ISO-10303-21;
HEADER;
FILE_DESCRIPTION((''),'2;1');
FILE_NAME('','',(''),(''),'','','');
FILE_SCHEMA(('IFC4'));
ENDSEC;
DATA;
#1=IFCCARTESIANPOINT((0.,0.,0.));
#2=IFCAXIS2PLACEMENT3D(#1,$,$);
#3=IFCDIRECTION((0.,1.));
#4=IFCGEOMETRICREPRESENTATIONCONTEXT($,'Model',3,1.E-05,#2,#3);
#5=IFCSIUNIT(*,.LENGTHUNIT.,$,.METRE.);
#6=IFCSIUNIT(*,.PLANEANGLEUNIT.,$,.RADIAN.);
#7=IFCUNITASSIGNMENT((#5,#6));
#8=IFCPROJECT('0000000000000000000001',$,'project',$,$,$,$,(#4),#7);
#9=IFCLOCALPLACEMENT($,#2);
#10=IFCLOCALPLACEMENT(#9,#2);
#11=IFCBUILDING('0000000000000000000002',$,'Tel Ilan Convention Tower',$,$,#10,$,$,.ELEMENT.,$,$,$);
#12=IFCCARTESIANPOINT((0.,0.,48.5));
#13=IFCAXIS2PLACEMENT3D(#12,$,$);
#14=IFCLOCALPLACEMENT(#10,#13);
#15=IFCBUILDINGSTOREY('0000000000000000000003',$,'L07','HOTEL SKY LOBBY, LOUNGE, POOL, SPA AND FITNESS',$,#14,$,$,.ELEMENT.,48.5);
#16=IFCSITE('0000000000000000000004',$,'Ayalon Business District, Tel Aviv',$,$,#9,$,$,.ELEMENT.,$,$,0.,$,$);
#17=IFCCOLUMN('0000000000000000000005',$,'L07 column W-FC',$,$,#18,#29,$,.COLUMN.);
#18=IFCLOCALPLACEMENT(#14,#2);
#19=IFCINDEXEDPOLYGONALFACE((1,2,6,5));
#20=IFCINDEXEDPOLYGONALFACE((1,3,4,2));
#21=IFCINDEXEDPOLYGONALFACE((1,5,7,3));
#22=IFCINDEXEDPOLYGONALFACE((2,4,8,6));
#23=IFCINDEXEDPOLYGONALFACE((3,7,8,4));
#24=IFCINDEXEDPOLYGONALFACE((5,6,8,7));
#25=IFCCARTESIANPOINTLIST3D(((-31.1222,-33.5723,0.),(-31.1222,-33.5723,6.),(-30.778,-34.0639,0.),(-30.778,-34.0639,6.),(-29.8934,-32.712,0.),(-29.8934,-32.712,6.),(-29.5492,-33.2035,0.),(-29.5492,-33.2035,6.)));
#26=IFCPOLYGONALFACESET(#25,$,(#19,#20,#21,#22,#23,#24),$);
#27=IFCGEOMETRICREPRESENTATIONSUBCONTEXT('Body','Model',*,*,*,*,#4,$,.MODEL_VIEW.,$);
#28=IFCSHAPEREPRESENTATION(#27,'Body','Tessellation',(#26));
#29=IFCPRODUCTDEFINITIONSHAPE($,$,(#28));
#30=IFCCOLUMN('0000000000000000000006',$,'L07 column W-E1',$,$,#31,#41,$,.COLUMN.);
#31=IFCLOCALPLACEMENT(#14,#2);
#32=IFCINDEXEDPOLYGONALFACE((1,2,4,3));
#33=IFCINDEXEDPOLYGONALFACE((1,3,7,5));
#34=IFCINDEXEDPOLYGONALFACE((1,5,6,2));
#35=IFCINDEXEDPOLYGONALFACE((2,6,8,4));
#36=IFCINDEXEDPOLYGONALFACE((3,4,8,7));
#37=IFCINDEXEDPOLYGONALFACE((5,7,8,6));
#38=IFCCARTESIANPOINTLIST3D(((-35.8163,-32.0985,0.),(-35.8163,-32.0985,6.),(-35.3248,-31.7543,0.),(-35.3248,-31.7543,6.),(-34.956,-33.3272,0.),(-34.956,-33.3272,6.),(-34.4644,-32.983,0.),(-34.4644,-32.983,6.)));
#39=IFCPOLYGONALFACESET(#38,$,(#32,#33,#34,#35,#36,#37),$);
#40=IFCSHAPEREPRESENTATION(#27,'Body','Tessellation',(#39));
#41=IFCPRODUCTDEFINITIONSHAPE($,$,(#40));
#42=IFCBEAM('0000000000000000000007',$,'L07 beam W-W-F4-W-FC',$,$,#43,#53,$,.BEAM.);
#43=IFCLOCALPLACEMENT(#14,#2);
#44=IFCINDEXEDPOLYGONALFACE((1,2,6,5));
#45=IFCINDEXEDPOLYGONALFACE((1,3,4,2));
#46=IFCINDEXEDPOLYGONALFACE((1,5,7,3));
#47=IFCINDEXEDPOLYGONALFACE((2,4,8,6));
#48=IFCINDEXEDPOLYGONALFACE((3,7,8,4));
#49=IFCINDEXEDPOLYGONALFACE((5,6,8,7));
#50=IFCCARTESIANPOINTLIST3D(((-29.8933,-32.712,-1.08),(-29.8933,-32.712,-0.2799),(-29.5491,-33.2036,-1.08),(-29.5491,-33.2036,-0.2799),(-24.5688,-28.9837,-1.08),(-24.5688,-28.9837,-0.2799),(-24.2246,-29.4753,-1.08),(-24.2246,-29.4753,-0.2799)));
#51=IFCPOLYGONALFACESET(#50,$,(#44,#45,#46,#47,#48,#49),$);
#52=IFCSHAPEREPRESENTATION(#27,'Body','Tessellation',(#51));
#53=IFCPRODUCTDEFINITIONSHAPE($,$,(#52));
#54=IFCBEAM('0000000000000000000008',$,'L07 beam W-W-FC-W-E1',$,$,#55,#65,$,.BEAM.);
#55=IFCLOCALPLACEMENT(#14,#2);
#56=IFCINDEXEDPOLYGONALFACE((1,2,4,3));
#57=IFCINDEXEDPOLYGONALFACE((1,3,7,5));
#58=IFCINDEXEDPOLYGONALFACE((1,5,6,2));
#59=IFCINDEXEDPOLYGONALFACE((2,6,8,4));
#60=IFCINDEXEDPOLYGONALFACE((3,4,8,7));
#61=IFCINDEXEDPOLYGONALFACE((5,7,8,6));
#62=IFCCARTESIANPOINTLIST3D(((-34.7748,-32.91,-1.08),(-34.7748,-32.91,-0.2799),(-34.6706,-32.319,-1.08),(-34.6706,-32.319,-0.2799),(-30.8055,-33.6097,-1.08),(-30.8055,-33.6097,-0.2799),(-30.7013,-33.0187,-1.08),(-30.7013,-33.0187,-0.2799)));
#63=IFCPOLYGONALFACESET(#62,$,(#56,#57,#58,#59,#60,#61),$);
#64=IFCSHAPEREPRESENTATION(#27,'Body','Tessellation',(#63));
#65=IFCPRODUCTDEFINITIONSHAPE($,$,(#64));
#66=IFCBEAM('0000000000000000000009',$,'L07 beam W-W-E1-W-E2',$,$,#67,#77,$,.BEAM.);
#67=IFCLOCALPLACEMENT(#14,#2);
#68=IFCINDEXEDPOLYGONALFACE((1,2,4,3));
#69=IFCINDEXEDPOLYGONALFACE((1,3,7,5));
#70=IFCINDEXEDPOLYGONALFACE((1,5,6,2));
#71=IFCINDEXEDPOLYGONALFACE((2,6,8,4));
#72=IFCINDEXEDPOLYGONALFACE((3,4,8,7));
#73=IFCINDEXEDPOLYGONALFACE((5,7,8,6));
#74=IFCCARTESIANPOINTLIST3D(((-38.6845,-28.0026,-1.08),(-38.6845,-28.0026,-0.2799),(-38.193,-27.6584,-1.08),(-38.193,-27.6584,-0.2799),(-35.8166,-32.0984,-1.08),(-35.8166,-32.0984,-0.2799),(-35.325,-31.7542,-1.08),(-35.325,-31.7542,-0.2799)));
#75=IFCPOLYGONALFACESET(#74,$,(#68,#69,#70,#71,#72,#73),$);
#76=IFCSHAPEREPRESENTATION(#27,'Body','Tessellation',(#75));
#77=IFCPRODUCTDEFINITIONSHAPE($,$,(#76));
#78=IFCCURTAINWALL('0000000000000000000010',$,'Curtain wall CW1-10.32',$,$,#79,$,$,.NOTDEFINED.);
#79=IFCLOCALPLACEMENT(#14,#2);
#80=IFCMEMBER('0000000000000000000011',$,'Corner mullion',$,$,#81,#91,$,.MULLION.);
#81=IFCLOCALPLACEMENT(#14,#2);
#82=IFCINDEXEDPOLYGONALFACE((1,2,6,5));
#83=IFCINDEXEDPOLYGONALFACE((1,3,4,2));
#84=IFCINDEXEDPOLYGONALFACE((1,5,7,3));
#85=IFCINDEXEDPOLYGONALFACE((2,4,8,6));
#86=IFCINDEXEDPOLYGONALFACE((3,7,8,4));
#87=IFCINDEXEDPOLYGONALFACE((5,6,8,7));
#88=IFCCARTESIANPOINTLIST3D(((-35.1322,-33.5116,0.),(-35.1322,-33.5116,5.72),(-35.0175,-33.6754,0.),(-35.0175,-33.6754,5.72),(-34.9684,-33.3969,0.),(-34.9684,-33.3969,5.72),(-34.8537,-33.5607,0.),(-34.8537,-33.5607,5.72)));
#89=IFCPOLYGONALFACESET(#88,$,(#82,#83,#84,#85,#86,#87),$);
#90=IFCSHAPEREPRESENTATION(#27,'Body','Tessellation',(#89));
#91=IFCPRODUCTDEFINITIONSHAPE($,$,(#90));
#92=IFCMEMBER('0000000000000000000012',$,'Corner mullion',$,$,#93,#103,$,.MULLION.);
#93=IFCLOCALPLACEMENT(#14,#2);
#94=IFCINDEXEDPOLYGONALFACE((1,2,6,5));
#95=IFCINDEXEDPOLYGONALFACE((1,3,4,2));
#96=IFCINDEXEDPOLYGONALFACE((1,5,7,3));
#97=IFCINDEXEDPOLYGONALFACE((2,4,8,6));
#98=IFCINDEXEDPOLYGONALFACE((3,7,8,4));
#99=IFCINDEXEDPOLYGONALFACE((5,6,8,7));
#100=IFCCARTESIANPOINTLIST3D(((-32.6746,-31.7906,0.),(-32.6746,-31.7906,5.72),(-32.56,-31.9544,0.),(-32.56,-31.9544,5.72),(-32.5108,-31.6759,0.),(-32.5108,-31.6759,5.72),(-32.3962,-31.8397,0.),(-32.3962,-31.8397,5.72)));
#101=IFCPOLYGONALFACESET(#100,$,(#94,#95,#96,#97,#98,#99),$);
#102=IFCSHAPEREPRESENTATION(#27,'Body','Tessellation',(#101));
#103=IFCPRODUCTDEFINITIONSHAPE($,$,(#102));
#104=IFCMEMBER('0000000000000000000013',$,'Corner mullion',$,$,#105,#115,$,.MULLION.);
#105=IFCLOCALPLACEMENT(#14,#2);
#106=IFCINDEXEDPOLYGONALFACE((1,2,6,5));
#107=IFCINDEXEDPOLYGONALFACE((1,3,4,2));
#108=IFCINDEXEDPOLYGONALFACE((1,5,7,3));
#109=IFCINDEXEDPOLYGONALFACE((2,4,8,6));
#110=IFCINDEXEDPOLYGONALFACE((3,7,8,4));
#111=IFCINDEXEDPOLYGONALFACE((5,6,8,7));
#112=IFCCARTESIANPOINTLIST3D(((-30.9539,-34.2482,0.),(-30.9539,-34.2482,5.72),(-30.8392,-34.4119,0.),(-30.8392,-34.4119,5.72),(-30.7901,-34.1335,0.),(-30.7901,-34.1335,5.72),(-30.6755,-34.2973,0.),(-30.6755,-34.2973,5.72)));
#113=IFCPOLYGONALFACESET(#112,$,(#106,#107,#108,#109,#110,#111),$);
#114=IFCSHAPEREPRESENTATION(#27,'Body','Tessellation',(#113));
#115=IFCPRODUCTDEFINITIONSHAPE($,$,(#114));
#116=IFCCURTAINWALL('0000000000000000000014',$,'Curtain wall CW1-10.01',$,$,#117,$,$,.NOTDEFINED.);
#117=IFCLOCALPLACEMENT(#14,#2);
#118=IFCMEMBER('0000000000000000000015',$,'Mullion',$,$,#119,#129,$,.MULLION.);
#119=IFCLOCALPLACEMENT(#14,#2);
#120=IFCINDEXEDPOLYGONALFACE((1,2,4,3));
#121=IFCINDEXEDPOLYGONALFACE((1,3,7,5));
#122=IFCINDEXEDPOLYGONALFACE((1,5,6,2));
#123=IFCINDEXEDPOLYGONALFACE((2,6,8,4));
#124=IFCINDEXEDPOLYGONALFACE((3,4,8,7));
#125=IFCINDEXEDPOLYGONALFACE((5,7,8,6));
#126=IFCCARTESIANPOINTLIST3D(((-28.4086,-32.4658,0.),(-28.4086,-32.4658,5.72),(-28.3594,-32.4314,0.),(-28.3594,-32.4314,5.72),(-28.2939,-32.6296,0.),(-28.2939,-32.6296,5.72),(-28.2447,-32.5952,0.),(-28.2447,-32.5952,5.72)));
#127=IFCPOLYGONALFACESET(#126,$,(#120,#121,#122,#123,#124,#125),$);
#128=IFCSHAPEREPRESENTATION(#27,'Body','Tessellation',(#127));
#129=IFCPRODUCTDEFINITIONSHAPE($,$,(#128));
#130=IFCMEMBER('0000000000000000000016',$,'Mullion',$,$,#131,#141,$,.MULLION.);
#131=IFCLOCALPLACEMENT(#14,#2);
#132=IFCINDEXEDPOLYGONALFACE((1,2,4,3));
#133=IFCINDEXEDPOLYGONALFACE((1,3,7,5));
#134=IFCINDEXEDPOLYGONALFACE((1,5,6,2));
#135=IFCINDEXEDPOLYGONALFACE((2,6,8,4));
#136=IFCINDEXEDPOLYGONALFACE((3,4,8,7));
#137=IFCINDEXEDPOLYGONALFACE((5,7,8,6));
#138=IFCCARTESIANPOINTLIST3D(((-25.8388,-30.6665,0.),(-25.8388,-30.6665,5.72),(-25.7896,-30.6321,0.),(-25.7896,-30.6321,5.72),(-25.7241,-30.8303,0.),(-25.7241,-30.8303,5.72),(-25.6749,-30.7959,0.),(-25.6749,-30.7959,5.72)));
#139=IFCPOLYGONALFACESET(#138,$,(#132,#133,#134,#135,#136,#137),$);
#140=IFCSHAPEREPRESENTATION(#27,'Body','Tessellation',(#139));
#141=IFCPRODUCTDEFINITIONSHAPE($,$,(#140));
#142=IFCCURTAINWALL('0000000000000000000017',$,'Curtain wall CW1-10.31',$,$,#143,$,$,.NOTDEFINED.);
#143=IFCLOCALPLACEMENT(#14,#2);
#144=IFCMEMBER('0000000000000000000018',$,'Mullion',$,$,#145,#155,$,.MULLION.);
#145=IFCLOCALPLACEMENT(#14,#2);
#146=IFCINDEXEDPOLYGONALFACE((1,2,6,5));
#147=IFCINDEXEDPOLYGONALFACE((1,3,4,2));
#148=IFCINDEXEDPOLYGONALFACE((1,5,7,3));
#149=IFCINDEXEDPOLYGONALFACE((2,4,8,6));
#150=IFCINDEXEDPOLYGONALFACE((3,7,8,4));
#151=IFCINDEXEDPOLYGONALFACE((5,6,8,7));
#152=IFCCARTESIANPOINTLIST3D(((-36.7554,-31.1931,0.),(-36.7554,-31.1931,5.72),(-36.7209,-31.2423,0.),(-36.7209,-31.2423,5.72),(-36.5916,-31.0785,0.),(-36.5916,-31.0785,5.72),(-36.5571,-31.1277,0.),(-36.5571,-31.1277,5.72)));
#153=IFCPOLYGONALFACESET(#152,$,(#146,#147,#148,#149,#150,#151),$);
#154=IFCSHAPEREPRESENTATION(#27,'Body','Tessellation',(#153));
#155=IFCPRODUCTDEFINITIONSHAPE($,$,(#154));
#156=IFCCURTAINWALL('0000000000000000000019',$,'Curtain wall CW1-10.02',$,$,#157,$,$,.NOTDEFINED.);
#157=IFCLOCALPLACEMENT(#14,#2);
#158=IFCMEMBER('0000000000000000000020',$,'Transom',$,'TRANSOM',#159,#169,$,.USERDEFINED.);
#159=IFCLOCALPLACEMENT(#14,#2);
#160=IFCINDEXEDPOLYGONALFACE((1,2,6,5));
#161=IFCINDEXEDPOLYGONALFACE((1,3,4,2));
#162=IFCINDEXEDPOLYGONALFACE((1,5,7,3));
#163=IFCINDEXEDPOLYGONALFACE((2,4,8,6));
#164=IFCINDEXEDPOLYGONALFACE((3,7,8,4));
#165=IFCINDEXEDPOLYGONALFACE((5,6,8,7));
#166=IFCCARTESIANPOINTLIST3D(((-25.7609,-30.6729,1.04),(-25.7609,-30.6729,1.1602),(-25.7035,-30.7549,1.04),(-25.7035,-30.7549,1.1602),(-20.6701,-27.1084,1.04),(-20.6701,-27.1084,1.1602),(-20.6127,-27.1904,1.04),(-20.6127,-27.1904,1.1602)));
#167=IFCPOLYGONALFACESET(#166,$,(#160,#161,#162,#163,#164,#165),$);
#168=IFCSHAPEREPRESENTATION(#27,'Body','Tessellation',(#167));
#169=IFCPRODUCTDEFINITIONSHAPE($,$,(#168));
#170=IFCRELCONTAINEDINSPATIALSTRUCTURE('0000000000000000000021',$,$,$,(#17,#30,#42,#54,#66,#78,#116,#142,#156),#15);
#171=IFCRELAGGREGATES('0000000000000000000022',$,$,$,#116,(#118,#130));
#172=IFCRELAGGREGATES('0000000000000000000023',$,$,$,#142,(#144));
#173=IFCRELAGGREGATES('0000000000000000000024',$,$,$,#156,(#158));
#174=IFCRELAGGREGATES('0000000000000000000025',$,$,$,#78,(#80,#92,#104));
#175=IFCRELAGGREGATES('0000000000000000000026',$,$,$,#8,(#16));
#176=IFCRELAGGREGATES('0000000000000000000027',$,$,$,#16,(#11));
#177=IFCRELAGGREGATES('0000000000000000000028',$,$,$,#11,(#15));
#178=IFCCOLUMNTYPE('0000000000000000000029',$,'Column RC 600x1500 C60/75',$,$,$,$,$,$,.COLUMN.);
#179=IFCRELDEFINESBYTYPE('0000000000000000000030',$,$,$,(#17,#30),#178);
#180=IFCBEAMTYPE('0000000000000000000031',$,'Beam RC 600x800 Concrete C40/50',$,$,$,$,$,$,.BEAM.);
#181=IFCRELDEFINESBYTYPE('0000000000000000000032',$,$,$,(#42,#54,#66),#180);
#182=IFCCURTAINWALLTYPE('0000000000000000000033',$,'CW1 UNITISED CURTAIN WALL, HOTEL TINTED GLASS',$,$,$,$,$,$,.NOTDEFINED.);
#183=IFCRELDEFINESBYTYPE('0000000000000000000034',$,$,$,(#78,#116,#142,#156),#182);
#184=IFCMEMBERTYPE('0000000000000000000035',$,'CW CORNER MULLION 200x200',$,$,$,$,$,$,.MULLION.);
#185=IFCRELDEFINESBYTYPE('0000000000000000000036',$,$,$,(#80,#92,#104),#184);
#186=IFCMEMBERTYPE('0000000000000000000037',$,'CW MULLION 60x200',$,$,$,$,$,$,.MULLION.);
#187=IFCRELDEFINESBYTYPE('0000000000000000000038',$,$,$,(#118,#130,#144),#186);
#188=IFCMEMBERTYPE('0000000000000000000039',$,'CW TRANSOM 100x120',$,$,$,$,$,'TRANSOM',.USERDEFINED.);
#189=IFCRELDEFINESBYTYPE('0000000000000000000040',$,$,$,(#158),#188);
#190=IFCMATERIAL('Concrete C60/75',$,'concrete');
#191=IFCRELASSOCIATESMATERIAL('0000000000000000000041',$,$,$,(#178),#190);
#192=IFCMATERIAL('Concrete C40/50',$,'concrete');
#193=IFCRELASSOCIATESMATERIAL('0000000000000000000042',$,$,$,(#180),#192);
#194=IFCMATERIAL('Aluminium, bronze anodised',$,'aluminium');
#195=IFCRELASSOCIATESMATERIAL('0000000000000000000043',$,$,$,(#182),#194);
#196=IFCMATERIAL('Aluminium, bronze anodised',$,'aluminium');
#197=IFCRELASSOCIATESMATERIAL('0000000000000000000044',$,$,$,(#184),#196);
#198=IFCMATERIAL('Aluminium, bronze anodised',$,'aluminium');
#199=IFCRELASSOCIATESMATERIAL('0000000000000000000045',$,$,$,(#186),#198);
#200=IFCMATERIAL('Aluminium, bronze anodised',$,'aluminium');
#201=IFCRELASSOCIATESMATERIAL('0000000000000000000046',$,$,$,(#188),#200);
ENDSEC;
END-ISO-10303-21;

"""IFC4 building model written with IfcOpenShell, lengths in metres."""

from ifc_helpers import new_model, si_unit, direction, frame, origin, origin_2d, place, context, subcontext, project, spatial, rectangle, extrude, material, material_profile, profile_set, type_object, element, aggregate, save


model = new_model("IFC4")

# Units and contexts
model_context = context("Model", 3, precision=1e-05, world=origin(), true_north=direction((0.0, 1.0)))
body_context = subcontext(model_context, "Body", "Model", "MODEL_VIEW")
ifc_project = project(units=[si_unit("LENGTHUNIT", "METRE"), si_unit("PLANEANGLEUNIT", "RADIAN")], contexts=[model_context])

# Site, building, storey
site_placement = place(None, origin())
site = spatial("IfcSite", under=ifc_project, at=site_placement, Name="Ayalon Business District, Tel Aviv", CompositionType="ELEMENT", RefElevation=0.0)
building_placement = place(site_placement, origin())
building = spatial("IfcBuilding", under=site, at=building_placement, Name="Tel Ilan Convention Tower", CompositionType="ELEMENT")
storey_placement = place(building_placement, frame((0.0, 0.0, 48.5)))
storey = spatial("IfcBuildingStorey", under=building, at=storey_placement, Name="L07", Description="HOTEL SKY LOBBY, LOUNGE, POOL, SPA AND FITNESS", CompositionType="ELEMENT", Elevation=48.5)

# Columns
ifc_material_1 = material(Name="Concrete C60/75", Category="concrete")
ifc_material_profile_1 = material_profile(ifc_material_1, rectangle(XDim=1.5, YDim=0.6001, at=origin_2d()), Name="RC 600x1500")
ifc_profile_set_1 = profile_set([ifc_material_profile_1], Name="Concrete C60/75")
column_type = type_object("IfcColumnType", Name="Column RC 600x1500 C60/75", PredefinedType="COLUMN", material=ifc_profile_set_1)
for number, where, z_axis, x_axis, name in (
    (1, (-30.3357, -33.3879, 0.0), (0.0, 0.0, 1.0), (-0.819152, -0.573576, 0.0), "L07 column W-FC"),
    (2, (-35.1404, -32.5408, 0.0), (0.0, 0.0, 1.0), (-0.573576, 0.819152, 0.0), "L07 column W-E1"),
):
    element("IfcColumn", number, at=place(storey_placement, frame(where, z_axis=z_axis, x_axis=x_axis)), inside=storey, type_object=column_type, Name=name, PredefinedType="COLUMN", context=body_context, shape_type="SweptSolid", body=[
        extrude(rectangle(XDim=1.5, YDim=0.6001, at=origin_2d()), origin(), (0.0, 0.0, 1.0), 6.0),
    ])

# Beams
ifc_material_2 = material(Name="Concrete C40/50", Category="concrete")
ifc_material_profile_2 = material_profile(ifc_material_2, rectangle(XDim=0.6001, YDim=0.8, at=origin_2d()), Name="RC 600x800")
ifc_profile_set_2 = profile_set([ifc_material_profile_2], Name="Concrete C40/50")
beam_type_1 = type_object("IfcBeamType", Name="Beam RC 600x800 Concrete C40/50", PredefinedType="BEAM", material=ifc_profile_set_2)
beam_1_placement = place(storey_placement, frame((-24.3967, -29.2295, -0.6799), z_axis=(-0.819149, -0.573581, 0.0), x_axis=(0.573581, -0.819149, 0.0)))
element("IfcBeam", 3, at=beam_1_placement, inside=storey, type_object=beam_type_1, Name="L07 beam W-W-F4-W-FC", PredefinedType="BEAM", context=body_context, shape_type="SweptSolid", body=[
    extrude(rectangle(XDim=0.6001, YDim=0.8, at=origin_2d()), origin(), (0.0, 0.0, 1.0), 6.5),
])
beam_2_placement = place(storey_placement, frame((-30.7534, -33.3142, -0.6799), z_axis=(-0.984815, 0.173606, 0.0), x_axis=(-0.173606, -0.984815, 0.0)))
element("IfcBeam", 4, at=beam_2_placement, inside=storey, type_object=beam_type_1, Name="L07 beam W-W-FC-W-E1", PredefinedType="BEAM", context=body_context, shape_type="SweptSolid", body=[
    extrude(rectangle(XDim=0.6001, YDim=0.8, at=origin_2d()), origin(), (0.0, 0.0, 1.0), 4.0305),
])
beam_3_placement = place(storey_placement, frame((-35.5708, -31.9263, -0.6799), z_axis=(-0.573587, 0.819145, 0.0), x_axis=(-0.819145, -0.573587, 0.0)))
element("IfcBeam", 5, at=beam_3_placement, inside=storey, type_object=beam_type_1, Name="L07 beam W-W-E1-W-E2", PredefinedType="BEAM", context=body_context, shape_type="SweptSolid", body=[
    extrude(rectangle(XDim=0.6001, YDim=0.8, at=origin_2d()), origin(), (0.0, 0.0, 1.0), 5.0),
])

# Curtain walls, members
ifc_material_3 = material(Name="Aluminium, bronze anodised", Category="aluminium")
curtain_wall_type = type_object("IfcCurtainWallType", Name="CW1 UNITISED CURTAIN WALL, HOTEL TINTED GLASS", PredefinedType="NOTDEFINED", material=ifc_material_3)
curtain_wall_1_placement = place(storey_placement, origin())
curtain_wall_1 = element("IfcCurtainWall", 6, at=curtain_wall_1_placement, inside=storey, type_object=curtain_wall_type, Name="Curtain wall CW1-10.32", PredefinedType="NOTDEFINED")
ifc_material_4 = material(Name="Aluminium, bronze anodised", Category="aluminium")
ifc_material_profile_3 = material_profile(ifc_material_4, rectangle(XDim=0.2, YDim=0.2, at=origin_2d()), Name="CW CORNER MULLION 200x200")
ifc_profile_set_3 = profile_set([ifc_material_profile_3], Name="Aluminium, bronze anodised")
member_type_1 = type_object("IfcMemberType", Name="CW CORNER MULLION 200x200", PredefinedType="MULLION", material=ifc_profile_set_3)
member_1_placement = place(storey_placement, frame((-34.9929, -33.5361, 0.0), z_axis=(0.0, 0.0, 1.0), x_axis=(0.573576, -0.819152, 0.0)))
member_1 = element("IfcMember", 7, at=member_1_placement, type_object=member_type_1, Name="Corner mullion", PredefinedType="MULLION", context=body_context, shape_type="SweptSolid", body=[
    extrude(rectangle(XDim=0.2, YDim=0.2, at=origin_2d()), origin(), (0.0, 0.0, 1.0), 5.72),
])
member_2_placement = place(storey_placement, frame((-32.5354, -31.8152, 0.0), z_axis=(0.0, 0.0, 1.0), x_axis=(0.819152, 0.573576, 0.0)))
member_2 = element("IfcMember", 8, at=member_2_placement, type_object=member_type_1, Name="Corner mullion", PredefinedType="MULLION", context=body_context, shape_type="SweptSolid", body=[
    extrude(rectangle(XDim=0.2, YDim=0.2, at=origin_2d()), origin(), (0.0, 0.0, 1.0), 5.72),
])
member_3_placement = place(storey_placement, frame((-30.8147, -34.2727, 0.0), z_axis=(0.0, 0.0, 1.0), x_axis=(0.573576, -0.819152, 0.0)))
member_3 = element("IfcMember", 9, at=member_3_placement, type_object=member_type_1, Name="Corner mullion", PredefinedType="MULLION", context=body_context, shape_type="SweptSolid", body=[
    extrude(rectangle(XDim=0.2, YDim=0.2, at=origin_2d()), origin(), (0.0, 0.0, 1.0), 5.72),
])
curtain_wall_2_placement = place(storey_placement, origin())
curtain_wall_2 = element("IfcCurtainWall", 10, at=curtain_wall_2_placement, inside=storey, type_object=curtain_wall_type, Name="Curtain wall CW1-10.01", PredefinedType="NOTDEFINED")
ifc_material_5 = material(Name="Aluminium, bronze anodised", Category="aluminium")
ifc_material_profile_4 = material_profile(ifc_material_5, rectangle(XDim=0.0601, YDim=0.2, at=origin_2d()), Name="CW MULLION 60x200")
ifc_profile_set_4 = profile_set([ifc_material_profile_4], Name="Aluminium, bronze anodised")
member_type_2 = type_object("IfcMemberType", Name="CW MULLION 60x200", PredefinedType="MULLION", material=ifc_profile_set_4)
member_4_placement = place(storey_placement, frame((-28.3267, -32.5305, 0.0), z_axis=(0.0, 0.0, 1.0), x_axis=(0.819152, 0.573576, 0.0)))
member_4 = element("IfcMember", 11, at=member_4_placement, type_object=member_type_2, Name="Mullion", PredefinedType="MULLION", context=body_context, shape_type="SweptSolid", body=[
    extrude(rectangle(XDim=0.0601, YDim=0.2, at=origin_2d()), origin(), (0.0, 0.0, 1.0), 5.72),
])
member_5_placement = place(storey_placement, frame((-25.7568, -30.7312, 0.0), z_axis=(0.0, 0.0, 1.0), x_axis=(0.819152, 0.573576, 0.0)))
member_5 = element("IfcMember", 12, at=member_5_placement, type_object=member_type_2, Name="Mullion", PredefinedType="MULLION", context=body_context, shape_type="SweptSolid", body=[
    extrude(rectangle(XDim=0.0601, YDim=0.2, at=origin_2d()), origin(), (0.0, 0.0, 1.0), 5.72),
])
aggregate(curtain_wall_2, [member_4, member_5])

# Curtain walls, members
curtain_wall_3_placement = place(storey_placement, origin())
curtain_wall_3 = element("IfcCurtainWall", 13, at=curtain_wall_3_placement, inside=storey, type_object=curtain_wall_type, Name="Curtain wall CW1-10.31", PredefinedType="NOTDEFINED")
member_6_placement = place(storey_placement, frame((-36.6562, -31.1604, 0.0), z_axis=(0.0, 0.0, 1.0), x_axis=(0.573576, -0.819152, 0.0)))
member_6 = element("IfcMember", 14, at=member_6_placement, type_object=member_type_2, Name="Mullion", PredefinedType="MULLION", context=body_context, shape_type="SweptSolid", body=[
    extrude(rectangle(XDim=0.0601, YDim=0.2, at=origin_2d()), origin(), (0.0, 0.0, 1.0), 5.72),
])
aggregate(curtain_wall_3, [member_6])
curtain_wall_4_placement = place(storey_placement, origin())
curtain_wall_4 = element("IfcCurtainWall", 15, at=curtain_wall_4_placement, inside=storey, type_object=curtain_wall_type, Name="Curtain wall CW1-10.02", PredefinedType="NOTDEFINED")
ifc_material_6 = material(Name="Aluminium, bronze anodised", Category="aluminium")
ifc_material_profile_5 = material_profile(ifc_material_6, rectangle(XDim=0.1001, YDim=0.1201, at=origin_2d()), Name="CW TRANSOM 100x120")
ifc_profile_set_5 = profile_set([ifc_material_profile_5], Name="Aluminium, bronze anodised")
member_type_3 = type_object("IfcMemberType", Name="CW TRANSOM 100x120", ElementType="TRANSOM", PredefinedType="USERDEFINED", material=ifc_profile_set_5)
member_7_placement = place(storey_placement, frame((-25.7322, -30.7139, 1.1001), z_axis=(0.819165, 0.573557, 0.0), x_axis=(-0.573557, 0.819165, 0.0)))
member_7 = element("IfcMember", 16, at=member_7_placement, type_object=member_type_3, Name="Transom", ObjectType="TRANSOM", PredefinedType="USERDEFINED", context=body_context, shape_type="SweptSolid", body=[
    extrude(rectangle(XDim=0.1001, YDim=0.1201, at=origin_2d()), origin(), (0.0, 0.0, 1.0), 6.2146),
])

aggregate(curtain_wall_4, [member_7])
aggregate(curtain_wall_1, [member_1, member_2, member_3])

save(model, "model.ifc")
